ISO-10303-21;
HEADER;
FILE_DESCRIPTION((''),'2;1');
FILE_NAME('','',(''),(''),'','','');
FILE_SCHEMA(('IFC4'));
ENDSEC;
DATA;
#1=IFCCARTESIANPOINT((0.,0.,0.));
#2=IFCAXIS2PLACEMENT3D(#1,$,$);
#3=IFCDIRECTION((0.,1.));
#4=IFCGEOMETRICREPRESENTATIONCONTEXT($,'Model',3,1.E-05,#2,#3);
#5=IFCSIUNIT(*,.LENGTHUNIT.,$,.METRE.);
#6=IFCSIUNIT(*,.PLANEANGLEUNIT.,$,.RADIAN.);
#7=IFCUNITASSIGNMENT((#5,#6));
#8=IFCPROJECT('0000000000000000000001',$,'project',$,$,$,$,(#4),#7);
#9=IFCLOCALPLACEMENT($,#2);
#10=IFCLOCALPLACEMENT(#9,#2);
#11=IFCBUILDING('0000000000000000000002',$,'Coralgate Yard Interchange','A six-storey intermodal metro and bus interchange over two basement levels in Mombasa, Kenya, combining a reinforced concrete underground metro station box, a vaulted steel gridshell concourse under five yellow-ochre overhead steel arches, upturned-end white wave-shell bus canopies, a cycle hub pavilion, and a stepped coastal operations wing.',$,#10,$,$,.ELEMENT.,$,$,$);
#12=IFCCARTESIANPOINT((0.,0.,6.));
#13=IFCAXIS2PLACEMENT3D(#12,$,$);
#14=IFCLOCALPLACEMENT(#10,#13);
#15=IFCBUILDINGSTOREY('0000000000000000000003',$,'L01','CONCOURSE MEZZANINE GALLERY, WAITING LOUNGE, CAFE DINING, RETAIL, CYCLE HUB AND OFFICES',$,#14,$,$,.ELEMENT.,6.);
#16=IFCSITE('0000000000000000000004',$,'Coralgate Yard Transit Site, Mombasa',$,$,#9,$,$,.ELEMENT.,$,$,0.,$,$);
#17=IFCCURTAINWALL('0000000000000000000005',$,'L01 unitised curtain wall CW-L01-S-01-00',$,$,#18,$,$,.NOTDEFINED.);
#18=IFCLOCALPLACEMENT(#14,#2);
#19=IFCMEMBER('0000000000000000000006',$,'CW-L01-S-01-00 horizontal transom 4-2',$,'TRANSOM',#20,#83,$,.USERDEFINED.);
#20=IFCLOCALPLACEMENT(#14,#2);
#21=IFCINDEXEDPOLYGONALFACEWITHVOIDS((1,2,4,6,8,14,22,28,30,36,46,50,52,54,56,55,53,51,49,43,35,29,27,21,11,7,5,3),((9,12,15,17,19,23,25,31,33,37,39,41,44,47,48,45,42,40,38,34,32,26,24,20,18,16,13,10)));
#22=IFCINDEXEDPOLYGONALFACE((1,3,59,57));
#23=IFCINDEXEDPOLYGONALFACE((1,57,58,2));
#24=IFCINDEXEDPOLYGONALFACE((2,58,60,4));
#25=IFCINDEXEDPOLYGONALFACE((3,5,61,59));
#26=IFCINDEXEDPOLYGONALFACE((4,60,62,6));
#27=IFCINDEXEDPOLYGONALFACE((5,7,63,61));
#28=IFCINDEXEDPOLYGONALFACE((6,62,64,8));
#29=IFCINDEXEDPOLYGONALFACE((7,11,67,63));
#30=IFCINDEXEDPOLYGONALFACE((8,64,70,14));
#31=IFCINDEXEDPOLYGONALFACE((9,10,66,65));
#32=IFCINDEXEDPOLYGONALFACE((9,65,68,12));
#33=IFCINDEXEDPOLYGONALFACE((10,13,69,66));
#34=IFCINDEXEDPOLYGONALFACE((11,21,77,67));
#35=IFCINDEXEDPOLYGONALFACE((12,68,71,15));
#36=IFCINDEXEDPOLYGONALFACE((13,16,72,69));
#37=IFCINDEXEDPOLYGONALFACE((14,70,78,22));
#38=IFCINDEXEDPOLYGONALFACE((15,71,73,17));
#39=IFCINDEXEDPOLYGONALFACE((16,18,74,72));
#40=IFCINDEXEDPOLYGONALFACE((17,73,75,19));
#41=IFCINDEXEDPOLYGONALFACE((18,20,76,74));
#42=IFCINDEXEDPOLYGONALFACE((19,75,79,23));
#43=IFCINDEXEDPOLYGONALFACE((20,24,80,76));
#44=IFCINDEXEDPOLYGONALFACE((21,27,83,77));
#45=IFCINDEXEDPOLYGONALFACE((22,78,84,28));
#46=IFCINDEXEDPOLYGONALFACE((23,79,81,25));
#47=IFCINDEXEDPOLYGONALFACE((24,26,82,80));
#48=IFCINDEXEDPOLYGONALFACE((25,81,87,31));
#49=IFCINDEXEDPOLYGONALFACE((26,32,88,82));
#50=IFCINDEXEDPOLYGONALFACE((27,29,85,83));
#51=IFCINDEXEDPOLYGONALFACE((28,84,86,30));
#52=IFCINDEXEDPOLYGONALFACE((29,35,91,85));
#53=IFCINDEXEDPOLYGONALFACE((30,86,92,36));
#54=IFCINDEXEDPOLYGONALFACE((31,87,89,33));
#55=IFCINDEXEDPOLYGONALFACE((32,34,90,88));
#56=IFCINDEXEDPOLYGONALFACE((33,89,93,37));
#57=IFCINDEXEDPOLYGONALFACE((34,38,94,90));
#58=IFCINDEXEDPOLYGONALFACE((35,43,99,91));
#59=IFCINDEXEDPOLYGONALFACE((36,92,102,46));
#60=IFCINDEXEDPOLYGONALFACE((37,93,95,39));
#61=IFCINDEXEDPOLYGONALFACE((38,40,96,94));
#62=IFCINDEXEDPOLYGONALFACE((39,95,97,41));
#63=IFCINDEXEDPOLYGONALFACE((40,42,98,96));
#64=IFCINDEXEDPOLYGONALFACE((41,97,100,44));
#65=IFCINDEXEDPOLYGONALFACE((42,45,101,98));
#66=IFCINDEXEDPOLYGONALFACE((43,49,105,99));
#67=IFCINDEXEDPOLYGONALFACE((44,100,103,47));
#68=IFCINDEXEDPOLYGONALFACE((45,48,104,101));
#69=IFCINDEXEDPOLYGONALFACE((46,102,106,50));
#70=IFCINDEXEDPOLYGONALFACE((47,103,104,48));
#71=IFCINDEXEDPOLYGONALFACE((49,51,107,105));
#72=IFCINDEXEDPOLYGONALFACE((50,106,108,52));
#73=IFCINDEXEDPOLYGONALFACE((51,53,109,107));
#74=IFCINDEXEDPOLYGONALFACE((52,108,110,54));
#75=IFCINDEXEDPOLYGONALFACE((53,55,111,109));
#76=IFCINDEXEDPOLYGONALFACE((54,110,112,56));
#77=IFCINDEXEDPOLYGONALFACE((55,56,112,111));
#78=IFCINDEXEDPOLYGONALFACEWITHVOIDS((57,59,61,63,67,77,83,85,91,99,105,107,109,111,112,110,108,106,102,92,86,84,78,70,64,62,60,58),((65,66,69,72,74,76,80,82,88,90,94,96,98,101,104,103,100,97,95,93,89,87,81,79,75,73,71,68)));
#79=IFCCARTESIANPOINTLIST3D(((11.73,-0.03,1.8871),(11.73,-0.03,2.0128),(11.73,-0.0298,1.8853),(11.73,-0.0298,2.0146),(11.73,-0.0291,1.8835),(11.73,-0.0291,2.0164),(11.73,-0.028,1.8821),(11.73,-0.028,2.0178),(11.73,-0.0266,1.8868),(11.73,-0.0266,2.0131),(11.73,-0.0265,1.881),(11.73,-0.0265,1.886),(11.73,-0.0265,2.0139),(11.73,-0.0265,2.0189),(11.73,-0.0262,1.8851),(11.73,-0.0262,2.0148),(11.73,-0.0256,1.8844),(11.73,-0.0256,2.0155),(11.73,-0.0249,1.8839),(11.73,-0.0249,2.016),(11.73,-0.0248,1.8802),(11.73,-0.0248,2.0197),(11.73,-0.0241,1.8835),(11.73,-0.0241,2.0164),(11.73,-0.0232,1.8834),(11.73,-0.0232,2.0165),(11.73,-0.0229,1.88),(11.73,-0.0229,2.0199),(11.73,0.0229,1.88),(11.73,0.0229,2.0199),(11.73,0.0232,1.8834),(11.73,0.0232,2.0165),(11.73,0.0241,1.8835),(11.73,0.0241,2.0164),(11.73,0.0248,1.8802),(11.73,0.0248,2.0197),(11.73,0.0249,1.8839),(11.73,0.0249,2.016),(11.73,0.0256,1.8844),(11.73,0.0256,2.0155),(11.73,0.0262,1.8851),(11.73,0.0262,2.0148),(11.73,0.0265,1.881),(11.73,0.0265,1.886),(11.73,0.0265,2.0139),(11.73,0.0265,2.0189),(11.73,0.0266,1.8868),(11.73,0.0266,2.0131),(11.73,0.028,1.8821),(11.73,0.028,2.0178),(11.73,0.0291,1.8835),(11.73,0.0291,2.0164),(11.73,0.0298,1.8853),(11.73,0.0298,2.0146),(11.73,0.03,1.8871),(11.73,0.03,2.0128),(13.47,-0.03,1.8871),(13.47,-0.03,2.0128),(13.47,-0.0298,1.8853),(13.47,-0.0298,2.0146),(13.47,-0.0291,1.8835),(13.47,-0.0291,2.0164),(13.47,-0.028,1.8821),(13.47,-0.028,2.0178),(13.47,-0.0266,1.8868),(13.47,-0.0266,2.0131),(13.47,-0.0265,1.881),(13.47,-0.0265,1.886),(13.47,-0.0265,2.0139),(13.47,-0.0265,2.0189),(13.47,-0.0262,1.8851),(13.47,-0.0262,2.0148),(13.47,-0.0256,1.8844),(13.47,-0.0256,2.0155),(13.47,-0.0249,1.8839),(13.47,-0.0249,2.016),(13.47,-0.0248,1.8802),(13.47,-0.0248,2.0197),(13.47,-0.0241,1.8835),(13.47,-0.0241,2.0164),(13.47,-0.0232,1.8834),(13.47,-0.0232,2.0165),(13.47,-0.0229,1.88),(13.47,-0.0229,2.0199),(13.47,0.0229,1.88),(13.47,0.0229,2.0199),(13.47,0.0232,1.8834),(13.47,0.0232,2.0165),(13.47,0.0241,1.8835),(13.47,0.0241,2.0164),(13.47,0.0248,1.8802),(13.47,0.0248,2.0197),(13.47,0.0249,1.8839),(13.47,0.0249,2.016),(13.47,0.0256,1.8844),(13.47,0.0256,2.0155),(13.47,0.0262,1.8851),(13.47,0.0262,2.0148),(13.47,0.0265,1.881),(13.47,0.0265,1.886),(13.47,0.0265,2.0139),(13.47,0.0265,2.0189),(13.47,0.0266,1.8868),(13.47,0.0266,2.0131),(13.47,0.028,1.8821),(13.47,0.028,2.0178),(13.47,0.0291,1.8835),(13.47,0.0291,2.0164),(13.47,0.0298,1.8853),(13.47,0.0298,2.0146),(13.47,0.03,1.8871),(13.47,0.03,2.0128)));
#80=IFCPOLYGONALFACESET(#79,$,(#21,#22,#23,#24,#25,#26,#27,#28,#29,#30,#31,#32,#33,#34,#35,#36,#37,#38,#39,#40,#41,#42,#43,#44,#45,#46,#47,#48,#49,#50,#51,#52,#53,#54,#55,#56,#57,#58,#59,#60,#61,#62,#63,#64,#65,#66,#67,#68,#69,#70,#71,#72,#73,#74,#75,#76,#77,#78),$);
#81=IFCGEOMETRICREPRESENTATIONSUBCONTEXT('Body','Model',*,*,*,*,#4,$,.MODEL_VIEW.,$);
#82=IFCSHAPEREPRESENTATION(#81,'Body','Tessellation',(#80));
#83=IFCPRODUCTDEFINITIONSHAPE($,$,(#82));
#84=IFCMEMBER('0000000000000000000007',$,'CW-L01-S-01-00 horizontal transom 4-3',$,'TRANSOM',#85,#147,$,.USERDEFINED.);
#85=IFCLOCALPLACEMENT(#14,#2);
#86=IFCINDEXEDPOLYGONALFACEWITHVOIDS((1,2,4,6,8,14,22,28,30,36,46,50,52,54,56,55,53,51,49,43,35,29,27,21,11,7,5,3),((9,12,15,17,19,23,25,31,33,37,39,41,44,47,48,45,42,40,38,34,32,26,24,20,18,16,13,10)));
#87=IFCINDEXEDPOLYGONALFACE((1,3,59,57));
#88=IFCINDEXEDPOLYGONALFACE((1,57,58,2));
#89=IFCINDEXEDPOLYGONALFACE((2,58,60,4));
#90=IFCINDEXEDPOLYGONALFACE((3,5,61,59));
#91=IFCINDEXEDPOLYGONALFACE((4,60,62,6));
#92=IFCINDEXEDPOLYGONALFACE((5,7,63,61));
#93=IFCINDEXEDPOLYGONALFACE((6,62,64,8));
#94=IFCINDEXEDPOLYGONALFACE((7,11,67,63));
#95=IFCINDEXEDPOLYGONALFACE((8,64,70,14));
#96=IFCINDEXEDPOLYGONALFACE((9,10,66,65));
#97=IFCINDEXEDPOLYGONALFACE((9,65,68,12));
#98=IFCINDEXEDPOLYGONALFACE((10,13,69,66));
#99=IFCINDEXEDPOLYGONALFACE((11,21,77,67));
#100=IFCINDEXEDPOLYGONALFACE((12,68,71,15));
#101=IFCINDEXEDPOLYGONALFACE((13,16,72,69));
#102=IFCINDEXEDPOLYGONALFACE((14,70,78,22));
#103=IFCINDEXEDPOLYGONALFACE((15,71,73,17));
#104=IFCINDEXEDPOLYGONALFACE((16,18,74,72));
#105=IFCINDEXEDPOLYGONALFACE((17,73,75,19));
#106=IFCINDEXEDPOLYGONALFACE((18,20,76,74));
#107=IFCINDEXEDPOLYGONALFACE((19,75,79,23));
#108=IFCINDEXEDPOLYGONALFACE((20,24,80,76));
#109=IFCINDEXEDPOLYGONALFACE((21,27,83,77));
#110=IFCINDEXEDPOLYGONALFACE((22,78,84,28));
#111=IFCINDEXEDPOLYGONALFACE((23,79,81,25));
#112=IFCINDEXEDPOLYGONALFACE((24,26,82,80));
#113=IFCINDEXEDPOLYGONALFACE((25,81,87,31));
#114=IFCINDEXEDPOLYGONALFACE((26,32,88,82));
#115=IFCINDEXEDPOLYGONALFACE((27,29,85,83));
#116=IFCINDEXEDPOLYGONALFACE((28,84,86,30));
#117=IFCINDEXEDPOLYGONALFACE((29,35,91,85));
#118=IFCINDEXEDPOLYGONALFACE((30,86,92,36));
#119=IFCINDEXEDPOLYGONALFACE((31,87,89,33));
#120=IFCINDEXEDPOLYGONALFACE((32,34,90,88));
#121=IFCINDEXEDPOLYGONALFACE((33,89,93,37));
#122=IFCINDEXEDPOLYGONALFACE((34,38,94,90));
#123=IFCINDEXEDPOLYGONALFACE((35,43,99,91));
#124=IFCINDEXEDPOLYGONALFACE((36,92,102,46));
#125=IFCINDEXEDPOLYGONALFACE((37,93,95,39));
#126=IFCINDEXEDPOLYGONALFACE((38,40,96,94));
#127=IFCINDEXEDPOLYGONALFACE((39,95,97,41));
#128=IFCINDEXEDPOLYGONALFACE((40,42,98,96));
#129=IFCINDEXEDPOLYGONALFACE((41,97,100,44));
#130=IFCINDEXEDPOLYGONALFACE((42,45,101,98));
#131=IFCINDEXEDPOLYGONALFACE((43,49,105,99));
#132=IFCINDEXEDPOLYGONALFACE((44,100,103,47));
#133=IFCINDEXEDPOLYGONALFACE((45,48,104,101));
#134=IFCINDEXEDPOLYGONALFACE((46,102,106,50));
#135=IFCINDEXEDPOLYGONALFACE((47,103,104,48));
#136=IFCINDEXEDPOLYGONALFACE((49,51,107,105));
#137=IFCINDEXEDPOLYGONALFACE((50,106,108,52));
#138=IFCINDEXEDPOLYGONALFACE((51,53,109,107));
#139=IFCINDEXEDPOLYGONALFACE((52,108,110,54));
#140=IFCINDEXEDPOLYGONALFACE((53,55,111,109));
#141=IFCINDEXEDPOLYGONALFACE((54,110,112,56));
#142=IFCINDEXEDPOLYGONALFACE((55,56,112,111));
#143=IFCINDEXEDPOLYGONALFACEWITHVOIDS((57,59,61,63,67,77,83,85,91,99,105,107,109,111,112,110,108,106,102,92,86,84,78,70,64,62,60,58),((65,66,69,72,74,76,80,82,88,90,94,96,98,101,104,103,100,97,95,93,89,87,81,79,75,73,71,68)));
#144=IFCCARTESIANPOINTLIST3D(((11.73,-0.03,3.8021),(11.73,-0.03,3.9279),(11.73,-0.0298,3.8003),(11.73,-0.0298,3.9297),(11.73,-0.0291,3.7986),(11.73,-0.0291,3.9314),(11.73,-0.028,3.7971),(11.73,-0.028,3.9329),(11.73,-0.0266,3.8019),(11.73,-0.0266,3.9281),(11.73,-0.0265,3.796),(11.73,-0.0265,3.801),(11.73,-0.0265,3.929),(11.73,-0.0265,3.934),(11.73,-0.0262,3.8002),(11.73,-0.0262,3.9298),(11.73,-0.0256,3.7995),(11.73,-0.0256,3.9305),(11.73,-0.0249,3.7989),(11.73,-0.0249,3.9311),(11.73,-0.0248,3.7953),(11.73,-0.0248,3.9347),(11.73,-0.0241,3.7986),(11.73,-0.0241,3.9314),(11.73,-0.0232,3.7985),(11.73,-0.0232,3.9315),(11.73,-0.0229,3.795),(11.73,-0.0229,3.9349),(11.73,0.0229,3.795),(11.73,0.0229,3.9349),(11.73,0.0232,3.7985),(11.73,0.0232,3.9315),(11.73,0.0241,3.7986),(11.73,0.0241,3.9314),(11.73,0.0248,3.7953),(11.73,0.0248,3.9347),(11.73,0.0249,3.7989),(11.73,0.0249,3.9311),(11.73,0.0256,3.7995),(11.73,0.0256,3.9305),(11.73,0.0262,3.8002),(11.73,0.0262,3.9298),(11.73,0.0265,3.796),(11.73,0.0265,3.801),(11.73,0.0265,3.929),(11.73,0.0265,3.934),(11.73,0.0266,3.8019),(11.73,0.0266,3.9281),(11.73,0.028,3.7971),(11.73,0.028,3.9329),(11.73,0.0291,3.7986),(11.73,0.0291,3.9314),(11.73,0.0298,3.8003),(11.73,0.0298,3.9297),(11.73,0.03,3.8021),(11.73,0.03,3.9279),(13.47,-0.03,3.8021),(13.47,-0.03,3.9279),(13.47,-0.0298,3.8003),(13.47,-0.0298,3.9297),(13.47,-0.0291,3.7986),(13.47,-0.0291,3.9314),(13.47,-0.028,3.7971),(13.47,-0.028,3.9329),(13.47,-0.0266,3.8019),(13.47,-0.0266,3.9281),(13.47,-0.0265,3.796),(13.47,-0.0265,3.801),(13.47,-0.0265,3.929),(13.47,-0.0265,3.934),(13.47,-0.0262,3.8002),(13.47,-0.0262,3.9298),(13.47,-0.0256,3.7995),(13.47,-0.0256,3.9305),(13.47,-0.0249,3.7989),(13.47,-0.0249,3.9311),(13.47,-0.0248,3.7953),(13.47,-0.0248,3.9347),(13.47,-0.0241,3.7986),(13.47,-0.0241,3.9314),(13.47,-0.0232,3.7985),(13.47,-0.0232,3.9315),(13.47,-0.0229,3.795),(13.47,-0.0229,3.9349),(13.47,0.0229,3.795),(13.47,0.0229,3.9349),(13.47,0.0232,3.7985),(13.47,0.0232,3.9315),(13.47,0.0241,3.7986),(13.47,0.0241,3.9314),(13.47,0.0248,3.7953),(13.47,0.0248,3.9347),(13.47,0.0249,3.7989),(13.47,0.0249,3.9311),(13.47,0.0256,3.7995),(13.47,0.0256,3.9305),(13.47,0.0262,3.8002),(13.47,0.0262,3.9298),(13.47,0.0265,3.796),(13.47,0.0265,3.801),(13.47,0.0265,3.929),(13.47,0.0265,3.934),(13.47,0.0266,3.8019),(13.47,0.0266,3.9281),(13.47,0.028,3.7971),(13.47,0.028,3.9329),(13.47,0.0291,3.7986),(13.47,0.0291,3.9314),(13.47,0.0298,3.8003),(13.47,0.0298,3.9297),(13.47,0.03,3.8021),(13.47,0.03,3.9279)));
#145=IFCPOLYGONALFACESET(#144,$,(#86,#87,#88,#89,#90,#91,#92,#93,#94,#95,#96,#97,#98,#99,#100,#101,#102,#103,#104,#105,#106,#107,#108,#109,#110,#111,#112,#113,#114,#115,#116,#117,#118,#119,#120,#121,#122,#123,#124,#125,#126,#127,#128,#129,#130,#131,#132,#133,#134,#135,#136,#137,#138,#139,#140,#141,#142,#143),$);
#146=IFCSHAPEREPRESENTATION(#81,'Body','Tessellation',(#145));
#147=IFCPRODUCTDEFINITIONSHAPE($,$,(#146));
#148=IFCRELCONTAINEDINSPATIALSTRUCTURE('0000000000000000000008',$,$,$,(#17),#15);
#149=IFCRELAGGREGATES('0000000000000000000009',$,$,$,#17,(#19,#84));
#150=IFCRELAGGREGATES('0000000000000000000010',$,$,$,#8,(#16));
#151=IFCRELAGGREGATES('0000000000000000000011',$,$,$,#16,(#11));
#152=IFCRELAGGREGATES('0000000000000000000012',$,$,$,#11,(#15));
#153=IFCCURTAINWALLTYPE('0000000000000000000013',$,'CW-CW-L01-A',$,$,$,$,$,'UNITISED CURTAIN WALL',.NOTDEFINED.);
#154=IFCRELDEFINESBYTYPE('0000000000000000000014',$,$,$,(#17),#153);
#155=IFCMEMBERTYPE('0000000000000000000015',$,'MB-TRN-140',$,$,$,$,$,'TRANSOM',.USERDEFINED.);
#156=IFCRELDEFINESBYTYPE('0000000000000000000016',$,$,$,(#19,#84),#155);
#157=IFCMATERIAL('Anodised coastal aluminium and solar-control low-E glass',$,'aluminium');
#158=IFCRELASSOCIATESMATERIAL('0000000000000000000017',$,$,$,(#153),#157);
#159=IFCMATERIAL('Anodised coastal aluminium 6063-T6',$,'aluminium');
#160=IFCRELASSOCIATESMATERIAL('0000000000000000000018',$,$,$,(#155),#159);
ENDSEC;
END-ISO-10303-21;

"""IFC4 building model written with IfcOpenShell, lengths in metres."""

from ifc_helpers import new_model, si_unit, direction, frame, origin, origin_2d, place, context, subcontext, project, spatial, hollow_rectangle, extrude, material, material_profile, profile_set, type_object, element, aggregate, save


model = new_model("IFC4")

# Units and contexts
model_context = context("Model", 3, precision=1e-05, world=origin(), true_north=direction((0.0, 1.0)))
body_context = subcontext(model_context, "Body", "Model", "MODEL_VIEW")
ifc_project = project(units=[si_unit("LENGTHUNIT", "METRE"), si_unit("PLANEANGLEUNIT", "RADIAN")], contexts=[model_context])

# Site, building, storey
site_placement = place(None, origin())
site = spatial("IfcSite", under=ifc_project, at=site_placement, Name="Coralgate Yard Transit Site, Mombasa", CompositionType="ELEMENT", RefElevation=0.0)
building_placement = place(site_placement, origin())
building = spatial("IfcBuilding", under=site, at=building_placement, Name="Coralgate Yard Interchange", Description="A six-storey intermodal metro and bus interchange over two basement levels in Mombasa, Kenya, combining a reinforced concrete underground metro station box, a vaulted steel gridshell concourse under five yellow-ochre overhead steel arches, upturned-end white wave-shell bus canopies, a cycle hub pavilion, and a stepped coastal operations wing.", CompositionType="ELEMENT")
storey_placement = place(building_placement, frame((0.0, 0.0, 6.0)))
storey = spatial("IfcBuildingStorey", under=building, at=storey_placement, Name="L01", Description="CONCOURSE MEZZANINE GALLERY, WAITING LOUNGE, CAFE DINING, RETAIL, CYCLE HUB AND OFFICES", CompositionType="ELEMENT", Elevation=6.0)

# Curtain wall, members
ifc_material_1 = material(Name="Anodised coastal aluminium and solar-control low-E glass", Category="aluminium")
curtain_wall_type = type_object("IfcCurtainWallType", Name="CW-CW-L01-A", ElementType="UNITISED CURTAIN WALL", PredefinedType="NOTDEFINED", material=ifc_material_1)
curtain_wall_placement = place(storey_placement, origin())
curtain_wall = element("IfcCurtainWall", 1, at=curtain_wall_placement, inside=storey, type_object=curtain_wall_type, Name="L01 unitised curtain wall CW-L01-S-01-00", PredefinedType="NOTDEFINED")
ifc_material_2 = material(Name="Anodised coastal aluminium 6063-T6", Category="aluminium")
ifc_material_profile_1 = material_profile(ifc_material_2, hollow_rectangle(XDim=0.0601, YDim=0.1399, WallThickness=0.0034, InnerFilletRadius=0.0034, OuterFilletRadius=0.0071, at=origin_2d()), Name="ALU 60x140x3.5")
ifc_profile_set_1 = profile_set([ifc_material_profile_1], Name="Anodised coastal aluminium 6063-T6")
member_type_1 = type_object("IfcMemberType", Name="MB-TRN-140", ElementType="TRANSOM", PredefinedType="USERDEFINED", material=ifc_profile_set_1)
member_1_placement = place(storey_placement, frame((13.47, 0.0, 1.95), z_axis=(-1.0, 0.0, 0.0), x_axis=(0.0, -1.0, 0.0)))
member_1 = element("IfcMember", 2, at=member_1_placement, type_object=member_type_1, Name="CW-L01-S-01-00 horizontal transom 4-2", ObjectType="TRANSOM", PredefinedType="USERDEFINED", context=body_context, shape_type="SweptSolid", body=[
    extrude(hollow_rectangle(XDim=0.0601, YDim=0.1399, WallThickness=0.0034, InnerFilletRadius=0.0034, OuterFilletRadius=0.0071, at=origin_2d()), origin(), (0.0, 0.0, 1.0), 1.74),
])
member_2_placement = place(storey_placement, frame((13.47, 0.0, 3.865), z_axis=(-1.0, 0.0, 0.0), x_axis=(0.0, -1.0, 0.0)))
member_2 = element("IfcMember", 3, at=member_2_placement, type_object=member_type_1, Name="CW-L01-S-01-00 horizontal transom 4-3", ObjectType="TRANSOM", PredefinedType="USERDEFINED", context=body_context, shape_type="SweptSolid", body=[
    extrude(hollow_rectangle(XDim=0.0601, YDim=0.1399, WallThickness=0.0034, InnerFilletRadius=0.0034, OuterFilletRadius=0.0071, at=origin_2d()), origin(), (0.0, 0.0, 1.0), 1.74),
])
aggregate(curtain_wall, [member_1, member_2])

save(model, "model.ifc")
